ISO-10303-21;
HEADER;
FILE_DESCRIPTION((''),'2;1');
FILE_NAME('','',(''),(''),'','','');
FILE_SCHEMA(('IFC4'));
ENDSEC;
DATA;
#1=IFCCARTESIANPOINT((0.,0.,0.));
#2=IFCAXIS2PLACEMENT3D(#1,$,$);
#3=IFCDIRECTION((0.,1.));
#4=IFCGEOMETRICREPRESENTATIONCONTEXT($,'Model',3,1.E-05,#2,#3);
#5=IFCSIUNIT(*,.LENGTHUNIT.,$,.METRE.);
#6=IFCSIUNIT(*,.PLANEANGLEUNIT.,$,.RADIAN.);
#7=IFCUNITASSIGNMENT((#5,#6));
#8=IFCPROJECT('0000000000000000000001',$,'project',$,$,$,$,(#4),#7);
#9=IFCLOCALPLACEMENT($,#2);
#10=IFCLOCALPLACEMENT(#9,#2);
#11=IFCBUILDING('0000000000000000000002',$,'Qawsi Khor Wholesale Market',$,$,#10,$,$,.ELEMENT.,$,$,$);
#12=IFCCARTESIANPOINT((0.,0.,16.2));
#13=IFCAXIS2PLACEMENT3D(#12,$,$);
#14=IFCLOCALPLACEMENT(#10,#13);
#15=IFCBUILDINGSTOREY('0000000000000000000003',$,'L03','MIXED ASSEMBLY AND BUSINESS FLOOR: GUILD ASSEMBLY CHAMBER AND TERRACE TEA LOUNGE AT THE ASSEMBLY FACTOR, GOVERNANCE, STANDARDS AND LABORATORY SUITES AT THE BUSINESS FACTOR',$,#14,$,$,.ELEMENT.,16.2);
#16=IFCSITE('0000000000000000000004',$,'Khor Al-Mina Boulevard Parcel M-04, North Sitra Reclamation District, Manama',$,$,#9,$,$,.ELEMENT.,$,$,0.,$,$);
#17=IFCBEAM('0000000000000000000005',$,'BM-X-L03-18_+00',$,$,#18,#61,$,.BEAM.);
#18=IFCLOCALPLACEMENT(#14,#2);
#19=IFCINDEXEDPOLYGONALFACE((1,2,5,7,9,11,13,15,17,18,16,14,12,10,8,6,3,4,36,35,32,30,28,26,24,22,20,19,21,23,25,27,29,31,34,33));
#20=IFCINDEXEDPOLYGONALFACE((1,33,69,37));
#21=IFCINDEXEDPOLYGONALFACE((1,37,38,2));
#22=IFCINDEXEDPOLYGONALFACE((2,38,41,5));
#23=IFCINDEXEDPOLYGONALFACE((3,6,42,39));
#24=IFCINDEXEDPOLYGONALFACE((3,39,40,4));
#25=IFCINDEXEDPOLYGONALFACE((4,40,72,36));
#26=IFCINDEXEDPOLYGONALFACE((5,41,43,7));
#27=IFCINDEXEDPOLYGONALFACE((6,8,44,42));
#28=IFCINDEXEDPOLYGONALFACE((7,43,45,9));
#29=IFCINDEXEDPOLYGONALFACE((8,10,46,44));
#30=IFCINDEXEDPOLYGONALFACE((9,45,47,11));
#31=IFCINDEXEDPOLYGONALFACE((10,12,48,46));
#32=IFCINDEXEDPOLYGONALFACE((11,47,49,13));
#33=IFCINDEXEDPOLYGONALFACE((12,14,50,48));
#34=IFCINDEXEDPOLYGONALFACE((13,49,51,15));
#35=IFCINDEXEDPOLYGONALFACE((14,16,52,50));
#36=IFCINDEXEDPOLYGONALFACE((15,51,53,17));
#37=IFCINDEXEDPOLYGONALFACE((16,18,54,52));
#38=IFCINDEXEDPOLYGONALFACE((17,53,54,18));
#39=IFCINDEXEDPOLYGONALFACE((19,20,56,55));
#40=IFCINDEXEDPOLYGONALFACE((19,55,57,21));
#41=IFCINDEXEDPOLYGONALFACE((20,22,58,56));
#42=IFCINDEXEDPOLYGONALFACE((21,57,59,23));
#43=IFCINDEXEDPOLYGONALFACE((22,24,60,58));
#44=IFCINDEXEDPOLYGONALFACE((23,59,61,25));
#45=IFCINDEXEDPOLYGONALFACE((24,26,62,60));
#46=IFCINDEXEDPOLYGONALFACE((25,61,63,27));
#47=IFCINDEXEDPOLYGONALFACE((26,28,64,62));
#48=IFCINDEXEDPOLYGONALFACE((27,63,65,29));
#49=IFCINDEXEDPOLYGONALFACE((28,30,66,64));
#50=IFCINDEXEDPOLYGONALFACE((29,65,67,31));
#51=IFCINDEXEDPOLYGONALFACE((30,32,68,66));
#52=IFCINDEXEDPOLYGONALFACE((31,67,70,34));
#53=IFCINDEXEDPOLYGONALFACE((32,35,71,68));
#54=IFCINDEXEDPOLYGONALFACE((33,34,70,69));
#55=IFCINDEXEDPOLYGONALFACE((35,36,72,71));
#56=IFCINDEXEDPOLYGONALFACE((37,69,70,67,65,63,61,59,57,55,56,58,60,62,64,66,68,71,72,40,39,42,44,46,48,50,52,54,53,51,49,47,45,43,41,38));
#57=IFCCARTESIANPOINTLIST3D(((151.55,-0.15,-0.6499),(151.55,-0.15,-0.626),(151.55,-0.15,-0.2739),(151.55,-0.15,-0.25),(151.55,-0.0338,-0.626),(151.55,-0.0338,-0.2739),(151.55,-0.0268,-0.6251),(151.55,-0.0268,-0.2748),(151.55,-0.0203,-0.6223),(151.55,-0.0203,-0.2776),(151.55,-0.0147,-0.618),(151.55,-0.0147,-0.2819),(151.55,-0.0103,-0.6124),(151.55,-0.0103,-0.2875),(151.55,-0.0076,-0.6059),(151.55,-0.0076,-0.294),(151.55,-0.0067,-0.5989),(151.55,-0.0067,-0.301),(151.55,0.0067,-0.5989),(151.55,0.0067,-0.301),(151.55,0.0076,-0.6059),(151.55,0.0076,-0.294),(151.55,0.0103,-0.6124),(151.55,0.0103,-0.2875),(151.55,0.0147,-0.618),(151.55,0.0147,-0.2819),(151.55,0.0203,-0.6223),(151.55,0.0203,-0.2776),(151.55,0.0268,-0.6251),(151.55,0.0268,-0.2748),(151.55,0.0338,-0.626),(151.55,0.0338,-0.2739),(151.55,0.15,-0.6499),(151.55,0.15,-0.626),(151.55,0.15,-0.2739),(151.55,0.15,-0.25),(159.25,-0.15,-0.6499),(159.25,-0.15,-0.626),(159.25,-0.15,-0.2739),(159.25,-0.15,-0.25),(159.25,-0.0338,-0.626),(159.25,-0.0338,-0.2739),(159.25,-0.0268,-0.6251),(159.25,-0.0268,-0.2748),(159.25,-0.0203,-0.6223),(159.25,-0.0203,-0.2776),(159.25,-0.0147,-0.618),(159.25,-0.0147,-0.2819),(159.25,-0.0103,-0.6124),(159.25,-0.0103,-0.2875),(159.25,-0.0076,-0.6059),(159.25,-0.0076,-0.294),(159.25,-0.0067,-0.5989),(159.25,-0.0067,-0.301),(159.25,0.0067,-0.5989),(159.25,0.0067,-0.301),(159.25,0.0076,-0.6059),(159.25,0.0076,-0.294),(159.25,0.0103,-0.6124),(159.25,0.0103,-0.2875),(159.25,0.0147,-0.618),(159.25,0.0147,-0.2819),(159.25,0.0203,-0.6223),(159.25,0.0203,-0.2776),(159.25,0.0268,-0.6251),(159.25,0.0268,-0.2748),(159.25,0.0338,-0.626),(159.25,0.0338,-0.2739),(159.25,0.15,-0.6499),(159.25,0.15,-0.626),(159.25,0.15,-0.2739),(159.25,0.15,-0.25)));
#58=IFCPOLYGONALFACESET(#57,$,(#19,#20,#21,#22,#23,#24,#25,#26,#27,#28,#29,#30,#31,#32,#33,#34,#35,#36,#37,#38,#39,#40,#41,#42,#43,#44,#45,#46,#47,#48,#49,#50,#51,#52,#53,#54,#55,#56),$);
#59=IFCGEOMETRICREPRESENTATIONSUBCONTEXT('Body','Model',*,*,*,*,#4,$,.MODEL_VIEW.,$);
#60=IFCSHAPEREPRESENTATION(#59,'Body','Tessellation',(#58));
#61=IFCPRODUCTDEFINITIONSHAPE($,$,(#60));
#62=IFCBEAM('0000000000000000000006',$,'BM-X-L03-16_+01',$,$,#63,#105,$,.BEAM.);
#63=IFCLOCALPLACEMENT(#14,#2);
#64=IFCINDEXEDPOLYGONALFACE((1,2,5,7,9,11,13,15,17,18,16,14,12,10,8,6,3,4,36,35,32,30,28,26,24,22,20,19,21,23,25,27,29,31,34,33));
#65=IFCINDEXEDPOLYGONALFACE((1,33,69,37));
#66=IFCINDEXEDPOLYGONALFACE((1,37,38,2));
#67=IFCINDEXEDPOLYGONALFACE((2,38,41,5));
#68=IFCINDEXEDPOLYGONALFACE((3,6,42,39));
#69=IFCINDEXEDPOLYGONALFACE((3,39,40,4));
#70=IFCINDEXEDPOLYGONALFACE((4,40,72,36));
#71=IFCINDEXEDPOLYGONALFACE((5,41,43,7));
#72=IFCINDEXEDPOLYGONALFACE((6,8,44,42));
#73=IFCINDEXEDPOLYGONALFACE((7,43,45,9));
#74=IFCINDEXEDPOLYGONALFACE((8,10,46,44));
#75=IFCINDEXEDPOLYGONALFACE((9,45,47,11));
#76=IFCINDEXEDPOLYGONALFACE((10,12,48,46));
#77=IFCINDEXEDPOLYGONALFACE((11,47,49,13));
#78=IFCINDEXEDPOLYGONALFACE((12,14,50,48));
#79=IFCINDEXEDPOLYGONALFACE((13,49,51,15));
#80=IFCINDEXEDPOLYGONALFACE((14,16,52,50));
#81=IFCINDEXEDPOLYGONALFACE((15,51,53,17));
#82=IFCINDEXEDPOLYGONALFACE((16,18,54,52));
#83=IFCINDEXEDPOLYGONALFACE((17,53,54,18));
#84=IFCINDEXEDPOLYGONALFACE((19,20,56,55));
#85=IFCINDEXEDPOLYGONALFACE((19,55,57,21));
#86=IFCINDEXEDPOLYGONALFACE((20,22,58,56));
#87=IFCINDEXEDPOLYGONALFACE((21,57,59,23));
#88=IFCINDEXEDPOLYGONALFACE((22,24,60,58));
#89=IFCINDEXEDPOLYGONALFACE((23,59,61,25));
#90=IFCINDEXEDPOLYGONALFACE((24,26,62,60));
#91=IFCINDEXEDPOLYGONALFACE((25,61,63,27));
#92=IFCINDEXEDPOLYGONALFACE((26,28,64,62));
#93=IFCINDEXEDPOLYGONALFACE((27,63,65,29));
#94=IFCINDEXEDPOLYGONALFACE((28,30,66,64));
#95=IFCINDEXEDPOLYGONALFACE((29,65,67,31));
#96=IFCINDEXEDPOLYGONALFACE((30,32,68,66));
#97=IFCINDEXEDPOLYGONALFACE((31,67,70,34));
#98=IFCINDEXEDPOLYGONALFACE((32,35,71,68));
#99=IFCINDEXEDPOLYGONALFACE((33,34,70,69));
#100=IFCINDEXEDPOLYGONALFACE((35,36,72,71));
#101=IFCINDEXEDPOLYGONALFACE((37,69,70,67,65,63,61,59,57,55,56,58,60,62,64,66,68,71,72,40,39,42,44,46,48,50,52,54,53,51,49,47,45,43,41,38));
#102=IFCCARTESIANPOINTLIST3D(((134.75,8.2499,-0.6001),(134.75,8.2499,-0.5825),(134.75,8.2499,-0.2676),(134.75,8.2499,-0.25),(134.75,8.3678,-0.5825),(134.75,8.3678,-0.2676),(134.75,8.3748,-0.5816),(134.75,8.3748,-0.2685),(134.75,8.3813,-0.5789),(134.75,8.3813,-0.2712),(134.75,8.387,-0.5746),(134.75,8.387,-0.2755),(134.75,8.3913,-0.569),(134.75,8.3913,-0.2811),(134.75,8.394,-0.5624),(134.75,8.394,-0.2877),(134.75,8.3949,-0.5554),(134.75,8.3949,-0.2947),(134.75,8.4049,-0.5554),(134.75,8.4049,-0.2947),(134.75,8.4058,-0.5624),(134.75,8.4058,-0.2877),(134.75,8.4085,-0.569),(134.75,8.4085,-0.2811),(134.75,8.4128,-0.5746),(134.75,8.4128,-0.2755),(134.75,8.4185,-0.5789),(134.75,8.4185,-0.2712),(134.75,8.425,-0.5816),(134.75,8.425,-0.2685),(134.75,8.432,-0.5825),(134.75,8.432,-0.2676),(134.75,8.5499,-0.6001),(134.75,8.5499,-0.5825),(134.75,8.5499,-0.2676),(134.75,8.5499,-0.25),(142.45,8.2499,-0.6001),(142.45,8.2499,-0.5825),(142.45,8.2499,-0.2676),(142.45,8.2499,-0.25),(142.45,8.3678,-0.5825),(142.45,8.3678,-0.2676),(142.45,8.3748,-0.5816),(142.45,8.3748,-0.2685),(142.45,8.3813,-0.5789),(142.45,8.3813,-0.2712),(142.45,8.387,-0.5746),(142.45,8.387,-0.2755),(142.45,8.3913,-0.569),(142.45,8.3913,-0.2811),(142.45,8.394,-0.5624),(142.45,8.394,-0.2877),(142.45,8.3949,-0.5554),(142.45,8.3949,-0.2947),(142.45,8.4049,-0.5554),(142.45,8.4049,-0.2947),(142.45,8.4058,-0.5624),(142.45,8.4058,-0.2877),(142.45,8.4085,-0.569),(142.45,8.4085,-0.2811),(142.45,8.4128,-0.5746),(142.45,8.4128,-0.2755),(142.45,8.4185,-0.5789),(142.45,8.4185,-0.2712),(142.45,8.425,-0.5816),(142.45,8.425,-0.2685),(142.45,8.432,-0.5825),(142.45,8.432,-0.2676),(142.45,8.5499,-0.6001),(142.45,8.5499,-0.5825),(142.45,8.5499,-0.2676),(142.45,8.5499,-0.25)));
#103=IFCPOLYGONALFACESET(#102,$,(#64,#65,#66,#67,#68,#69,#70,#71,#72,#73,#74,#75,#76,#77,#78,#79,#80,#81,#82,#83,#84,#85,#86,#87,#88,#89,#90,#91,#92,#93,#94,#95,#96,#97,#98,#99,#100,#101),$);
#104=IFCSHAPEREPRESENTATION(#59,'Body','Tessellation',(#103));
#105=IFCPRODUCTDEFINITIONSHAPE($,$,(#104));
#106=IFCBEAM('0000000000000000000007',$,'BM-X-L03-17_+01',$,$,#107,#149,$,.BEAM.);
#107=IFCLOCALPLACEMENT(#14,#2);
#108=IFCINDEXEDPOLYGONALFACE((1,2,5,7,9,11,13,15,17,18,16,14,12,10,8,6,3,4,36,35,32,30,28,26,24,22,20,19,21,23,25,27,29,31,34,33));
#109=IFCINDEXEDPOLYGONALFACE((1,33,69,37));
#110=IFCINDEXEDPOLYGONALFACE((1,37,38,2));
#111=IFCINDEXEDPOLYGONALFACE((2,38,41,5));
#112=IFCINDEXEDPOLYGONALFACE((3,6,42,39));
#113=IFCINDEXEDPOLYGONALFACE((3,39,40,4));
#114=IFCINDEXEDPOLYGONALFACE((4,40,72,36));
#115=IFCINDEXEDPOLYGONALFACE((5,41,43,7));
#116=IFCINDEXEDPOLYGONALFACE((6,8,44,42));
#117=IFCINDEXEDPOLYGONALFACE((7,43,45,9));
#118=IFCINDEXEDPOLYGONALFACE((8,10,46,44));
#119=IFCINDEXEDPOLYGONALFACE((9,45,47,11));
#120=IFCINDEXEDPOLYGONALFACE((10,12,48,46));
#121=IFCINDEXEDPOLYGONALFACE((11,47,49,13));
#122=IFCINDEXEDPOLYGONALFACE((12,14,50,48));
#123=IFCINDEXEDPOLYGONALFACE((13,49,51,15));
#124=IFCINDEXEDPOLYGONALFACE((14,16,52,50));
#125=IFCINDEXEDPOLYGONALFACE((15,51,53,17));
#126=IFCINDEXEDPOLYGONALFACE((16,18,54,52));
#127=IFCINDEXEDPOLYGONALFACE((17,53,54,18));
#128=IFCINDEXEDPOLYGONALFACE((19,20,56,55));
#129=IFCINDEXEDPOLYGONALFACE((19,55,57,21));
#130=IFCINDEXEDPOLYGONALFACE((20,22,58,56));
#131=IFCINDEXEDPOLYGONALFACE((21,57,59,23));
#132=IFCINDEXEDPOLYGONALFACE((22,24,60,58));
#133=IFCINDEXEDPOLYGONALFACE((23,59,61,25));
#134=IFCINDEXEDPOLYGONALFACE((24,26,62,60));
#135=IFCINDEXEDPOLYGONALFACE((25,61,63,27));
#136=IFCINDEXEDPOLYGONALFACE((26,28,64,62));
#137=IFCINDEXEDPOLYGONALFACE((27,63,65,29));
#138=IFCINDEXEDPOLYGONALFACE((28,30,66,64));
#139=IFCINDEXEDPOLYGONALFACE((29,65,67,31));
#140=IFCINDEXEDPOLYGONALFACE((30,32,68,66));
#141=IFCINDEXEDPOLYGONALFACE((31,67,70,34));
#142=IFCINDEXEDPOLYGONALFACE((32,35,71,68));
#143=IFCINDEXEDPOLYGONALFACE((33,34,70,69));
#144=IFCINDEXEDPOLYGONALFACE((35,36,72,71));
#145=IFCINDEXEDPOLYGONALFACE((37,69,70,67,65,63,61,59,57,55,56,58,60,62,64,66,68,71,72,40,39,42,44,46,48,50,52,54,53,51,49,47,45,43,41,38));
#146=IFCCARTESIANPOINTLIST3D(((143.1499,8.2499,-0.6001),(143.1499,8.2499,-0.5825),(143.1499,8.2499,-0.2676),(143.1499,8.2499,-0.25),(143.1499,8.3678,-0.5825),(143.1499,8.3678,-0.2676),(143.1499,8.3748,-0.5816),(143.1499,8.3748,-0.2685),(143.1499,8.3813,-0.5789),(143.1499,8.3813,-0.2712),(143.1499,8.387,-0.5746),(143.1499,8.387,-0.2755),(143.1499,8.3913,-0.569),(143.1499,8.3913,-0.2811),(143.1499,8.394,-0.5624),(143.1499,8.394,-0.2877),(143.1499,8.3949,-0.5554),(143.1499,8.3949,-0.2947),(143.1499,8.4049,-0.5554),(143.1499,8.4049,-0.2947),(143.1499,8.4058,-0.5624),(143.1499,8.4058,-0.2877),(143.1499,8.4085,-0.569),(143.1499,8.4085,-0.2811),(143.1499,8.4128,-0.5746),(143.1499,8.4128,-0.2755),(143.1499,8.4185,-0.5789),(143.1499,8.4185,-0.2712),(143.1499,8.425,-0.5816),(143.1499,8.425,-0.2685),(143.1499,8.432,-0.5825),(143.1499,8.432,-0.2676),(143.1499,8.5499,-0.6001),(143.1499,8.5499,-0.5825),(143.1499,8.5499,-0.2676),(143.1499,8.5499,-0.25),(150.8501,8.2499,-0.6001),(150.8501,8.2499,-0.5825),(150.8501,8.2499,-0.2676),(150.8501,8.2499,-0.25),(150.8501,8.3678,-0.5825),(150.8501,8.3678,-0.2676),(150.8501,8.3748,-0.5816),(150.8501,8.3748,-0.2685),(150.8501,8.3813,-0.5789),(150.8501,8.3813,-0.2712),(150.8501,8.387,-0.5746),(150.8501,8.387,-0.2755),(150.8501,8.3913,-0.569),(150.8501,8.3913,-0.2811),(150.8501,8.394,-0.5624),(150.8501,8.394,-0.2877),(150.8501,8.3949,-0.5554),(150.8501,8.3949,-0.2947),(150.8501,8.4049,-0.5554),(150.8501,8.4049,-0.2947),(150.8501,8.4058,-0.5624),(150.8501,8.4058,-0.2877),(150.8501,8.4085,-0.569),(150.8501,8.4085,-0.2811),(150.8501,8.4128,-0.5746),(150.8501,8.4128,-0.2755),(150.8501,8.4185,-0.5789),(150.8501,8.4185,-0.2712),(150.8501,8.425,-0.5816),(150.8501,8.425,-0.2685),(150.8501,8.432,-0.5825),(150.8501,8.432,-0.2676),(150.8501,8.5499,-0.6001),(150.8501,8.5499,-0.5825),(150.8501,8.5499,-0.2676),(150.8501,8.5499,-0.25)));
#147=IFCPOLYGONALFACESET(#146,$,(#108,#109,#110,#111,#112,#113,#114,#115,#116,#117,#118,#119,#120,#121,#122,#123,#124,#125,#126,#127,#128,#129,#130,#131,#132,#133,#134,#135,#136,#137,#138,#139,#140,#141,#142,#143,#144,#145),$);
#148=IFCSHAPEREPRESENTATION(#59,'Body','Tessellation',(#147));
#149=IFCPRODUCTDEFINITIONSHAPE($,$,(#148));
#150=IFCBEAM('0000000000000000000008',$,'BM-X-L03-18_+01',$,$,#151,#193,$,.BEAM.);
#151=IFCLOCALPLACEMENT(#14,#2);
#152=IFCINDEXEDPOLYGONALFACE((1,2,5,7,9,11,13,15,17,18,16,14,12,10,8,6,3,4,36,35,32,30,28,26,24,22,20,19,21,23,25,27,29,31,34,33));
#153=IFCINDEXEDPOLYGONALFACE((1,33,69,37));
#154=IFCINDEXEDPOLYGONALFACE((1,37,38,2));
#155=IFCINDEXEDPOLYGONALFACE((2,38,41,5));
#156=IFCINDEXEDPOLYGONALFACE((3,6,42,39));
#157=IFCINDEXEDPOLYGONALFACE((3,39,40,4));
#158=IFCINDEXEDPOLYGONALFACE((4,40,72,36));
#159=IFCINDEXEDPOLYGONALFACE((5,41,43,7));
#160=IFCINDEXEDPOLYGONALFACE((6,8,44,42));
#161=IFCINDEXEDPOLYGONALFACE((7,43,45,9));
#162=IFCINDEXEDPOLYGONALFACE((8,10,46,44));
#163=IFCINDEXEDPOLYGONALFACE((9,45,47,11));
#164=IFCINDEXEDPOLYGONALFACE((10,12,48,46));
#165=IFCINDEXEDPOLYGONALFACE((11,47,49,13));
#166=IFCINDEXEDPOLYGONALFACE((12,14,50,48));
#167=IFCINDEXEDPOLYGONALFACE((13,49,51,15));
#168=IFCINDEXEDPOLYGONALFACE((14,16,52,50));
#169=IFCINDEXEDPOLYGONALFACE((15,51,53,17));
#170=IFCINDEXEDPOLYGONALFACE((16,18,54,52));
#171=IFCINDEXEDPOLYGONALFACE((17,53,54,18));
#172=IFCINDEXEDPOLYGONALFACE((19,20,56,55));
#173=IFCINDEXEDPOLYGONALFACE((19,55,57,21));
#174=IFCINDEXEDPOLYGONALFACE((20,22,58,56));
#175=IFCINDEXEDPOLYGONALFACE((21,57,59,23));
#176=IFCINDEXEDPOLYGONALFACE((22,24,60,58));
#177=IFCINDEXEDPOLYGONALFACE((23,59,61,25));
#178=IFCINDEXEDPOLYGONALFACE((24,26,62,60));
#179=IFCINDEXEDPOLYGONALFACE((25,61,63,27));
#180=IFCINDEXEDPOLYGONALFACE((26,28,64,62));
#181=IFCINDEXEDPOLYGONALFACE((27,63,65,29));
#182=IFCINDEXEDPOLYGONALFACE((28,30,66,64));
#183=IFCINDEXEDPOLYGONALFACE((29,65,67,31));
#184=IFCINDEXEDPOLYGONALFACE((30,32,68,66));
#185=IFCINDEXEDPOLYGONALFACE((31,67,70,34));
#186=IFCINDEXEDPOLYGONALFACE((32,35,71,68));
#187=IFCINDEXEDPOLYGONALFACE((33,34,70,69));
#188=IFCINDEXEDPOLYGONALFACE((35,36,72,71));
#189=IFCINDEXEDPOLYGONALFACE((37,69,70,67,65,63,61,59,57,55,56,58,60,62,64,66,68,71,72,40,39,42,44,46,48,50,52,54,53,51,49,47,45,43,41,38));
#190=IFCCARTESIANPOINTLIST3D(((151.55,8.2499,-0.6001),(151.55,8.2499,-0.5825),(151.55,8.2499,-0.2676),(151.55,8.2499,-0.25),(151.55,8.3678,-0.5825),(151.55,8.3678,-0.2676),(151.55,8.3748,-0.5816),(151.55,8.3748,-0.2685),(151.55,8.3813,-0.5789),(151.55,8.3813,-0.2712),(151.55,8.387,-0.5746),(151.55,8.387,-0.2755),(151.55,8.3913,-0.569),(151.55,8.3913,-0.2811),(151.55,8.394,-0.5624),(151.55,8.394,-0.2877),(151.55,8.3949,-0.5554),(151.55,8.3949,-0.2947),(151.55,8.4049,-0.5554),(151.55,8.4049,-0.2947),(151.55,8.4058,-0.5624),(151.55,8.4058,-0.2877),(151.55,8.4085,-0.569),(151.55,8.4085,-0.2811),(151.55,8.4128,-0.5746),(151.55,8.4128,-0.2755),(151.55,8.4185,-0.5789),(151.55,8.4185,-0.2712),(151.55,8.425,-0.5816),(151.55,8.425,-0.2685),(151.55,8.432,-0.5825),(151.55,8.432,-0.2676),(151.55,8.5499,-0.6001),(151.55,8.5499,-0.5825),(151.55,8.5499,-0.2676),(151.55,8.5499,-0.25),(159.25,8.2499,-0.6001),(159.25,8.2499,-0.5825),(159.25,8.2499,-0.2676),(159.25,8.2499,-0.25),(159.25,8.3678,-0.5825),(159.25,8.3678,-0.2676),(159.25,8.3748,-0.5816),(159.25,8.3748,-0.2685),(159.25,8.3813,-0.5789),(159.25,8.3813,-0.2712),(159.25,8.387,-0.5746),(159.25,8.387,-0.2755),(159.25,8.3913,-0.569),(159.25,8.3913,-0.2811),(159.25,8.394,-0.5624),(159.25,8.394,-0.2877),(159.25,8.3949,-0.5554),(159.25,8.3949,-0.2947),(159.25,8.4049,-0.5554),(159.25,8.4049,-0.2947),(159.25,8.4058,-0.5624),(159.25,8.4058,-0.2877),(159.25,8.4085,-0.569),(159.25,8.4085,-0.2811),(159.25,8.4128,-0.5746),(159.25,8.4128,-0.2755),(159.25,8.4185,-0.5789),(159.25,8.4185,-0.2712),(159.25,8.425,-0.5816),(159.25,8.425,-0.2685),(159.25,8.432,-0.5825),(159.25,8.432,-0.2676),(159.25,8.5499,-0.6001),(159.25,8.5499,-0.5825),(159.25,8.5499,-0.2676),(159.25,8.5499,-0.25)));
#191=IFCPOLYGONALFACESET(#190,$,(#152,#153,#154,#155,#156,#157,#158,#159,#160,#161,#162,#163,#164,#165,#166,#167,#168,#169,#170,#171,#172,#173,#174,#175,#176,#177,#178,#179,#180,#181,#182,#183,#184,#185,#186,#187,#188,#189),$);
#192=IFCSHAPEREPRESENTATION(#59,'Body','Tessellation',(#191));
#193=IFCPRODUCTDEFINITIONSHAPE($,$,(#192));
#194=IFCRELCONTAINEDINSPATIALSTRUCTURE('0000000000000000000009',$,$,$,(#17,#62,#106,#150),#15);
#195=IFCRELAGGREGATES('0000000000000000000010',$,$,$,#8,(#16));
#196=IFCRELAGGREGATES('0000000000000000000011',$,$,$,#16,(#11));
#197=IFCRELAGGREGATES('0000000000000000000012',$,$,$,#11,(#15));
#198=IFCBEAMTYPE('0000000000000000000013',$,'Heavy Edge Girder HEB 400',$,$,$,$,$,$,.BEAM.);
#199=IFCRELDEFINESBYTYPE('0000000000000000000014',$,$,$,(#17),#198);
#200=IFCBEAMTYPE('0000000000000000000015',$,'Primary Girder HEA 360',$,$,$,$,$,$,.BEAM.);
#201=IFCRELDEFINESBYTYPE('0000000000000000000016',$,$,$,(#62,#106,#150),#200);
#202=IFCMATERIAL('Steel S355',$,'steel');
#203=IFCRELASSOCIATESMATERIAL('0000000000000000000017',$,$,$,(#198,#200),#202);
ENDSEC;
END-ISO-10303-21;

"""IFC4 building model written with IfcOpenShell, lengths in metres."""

from ifc_helpers import new_model, si_unit, direction, frame, origin, origin_2d, place, context, subcontext, project, spatial, i_section, extrude, material, material_profile, profile_set, type_object, element, save


model = new_model("IFC4")

# Units and contexts
model_context = context("Model", 3, precision=1e-05, world=origin(), true_north=direction((0.0, 1.0)))
body_context = subcontext(model_context, "Body", "Model", "MODEL_VIEW")
ifc_project = project(units=[si_unit("LENGTHUNIT", "METRE"), si_unit("PLANEANGLEUNIT", "RADIAN")], contexts=[model_context])

# Site, building, storey
site_placement = place(None, origin())
site = spatial("IfcSite", under=ifc_project, at=site_placement, Name="Khor Al-Mina Boulevard Parcel M-04, North Sitra Reclamation District, Manama", CompositionType="ELEMENT", RefElevation=0.0)
building_placement = place(site_placement, origin())
building = spatial("IfcBuilding", under=site, at=building_placement, Name="Qawsi Khor Wholesale Market", CompositionType="ELEMENT")
storey_placement = place(building_placement, frame((0.0, 0.0, 16.2)))
storey = spatial("IfcBuildingStorey", under=building, at=storey_placement, Name="L03", Description="MIXED ASSEMBLY AND BUSINESS FLOOR: GUILD ASSEMBLY CHAMBER AND TERRACE TEA LOUNGE AT THE ASSEMBLY FACTOR, GOVERNANCE, STANDARDS AND LABORATORY SUITES AT THE BUSINESS FACTOR", CompositionType="ELEMENT", Elevation=16.2)

# Beams
ifc_material_1 = material(Name="Steel S355", Category="steel")
ifc_material_profile_1 = material_profile(ifc_material_1, i_section(OverallWidth=0.3, OverallDepth=0.3999, WebThickness=0.0134, FlangeThickness=0.0239, FilletRadius=0.0271, at=origin_2d()), Name="HEB 400")
ifc_profile_set_1 = profile_set([ifc_material_profile_1], Name="Steel S355")
beam_type_1 = type_object("IfcBeamType", Name="Heavy Edge Girder HEB 400", PredefinedType="BEAM", material=ifc_profile_set_1)
beam_1_placement = place(storey_placement, frame((151.55, 0.0, -0.45), z_axis=(1.0, 0.0, 0.0), x_axis=(0.0, 1.0, 0.0)))
element("IfcBeam", 1, at=beam_1_placement, inside=storey, type_object=beam_type_1, Name="BM-X-L03-18_+00", PredefinedType="BEAM", context=body_context, shape_type="SweptSolid", body=[
    extrude(i_section(OverallWidth=0.3, OverallDepth=0.3999, WebThickness=0.0134, FlangeThickness=0.0239, FilletRadius=0.0271, at=origin_2d()), origin(), (0.0, 0.0, 1.0), 7.7),
])
ifc_material_profile_2 = material_profile(ifc_material_1, i_section(OverallWidth=0.3, OverallDepth=0.3501, WebThickness=0.01, FlangeThickness=0.0176, FilletRadius=0.0271, at=origin_2d()), Name="HEA 360")
ifc_profile_set_2 = profile_set([ifc_material_profile_2], Name="Steel S355")
beam_type_2 = type_object("IfcBeamType", Name="Primary Girder HEA 360", PredefinedType="BEAM", material=ifc_profile_set_2)
beam_2_placement = place(storey_placement, frame((134.75, 8.3999, -0.425), z_axis=(1.0, 0.0, 0.0), x_axis=(0.0, 1.0, 0.0)))
element("IfcBeam", 2, at=beam_2_placement, inside=storey, type_object=beam_type_2, Name="BM-X-L03-16_+01", PredefinedType="BEAM", context=body_context, shape_type="SweptSolid", body=[
    extrude(i_section(OverallWidth=0.3, OverallDepth=0.3501, WebThickness=0.01, FlangeThickness=0.0176, FilletRadius=0.0271, at=origin_2d()), origin(), (0.0, 0.0, 1.0), 7.7),
])
beam_3_placement = place(storey_placement, frame((143.1499, 8.3999, -0.425), z_axis=(1.0, 0.0, 0.0), x_axis=(0.0, 1.0, 0.0)))
element("IfcBeam", 3, at=beam_3_placement, inside=storey, type_object=beam_type_2, Name="BM-X-L03-17_+01", PredefinedType="BEAM", context=body_context, shape_type="SweptSolid", body=[
    extrude(i_section(OverallWidth=0.3, OverallDepth=0.3501, WebThickness=0.01, FlangeThickness=0.0176, FilletRadius=0.0271, at=origin_2d()), origin(), (0.0, 0.0, 1.0), 7.7002),
])
beam_4_placement = place(storey_placement, frame((151.55, 8.3999, -0.425), z_axis=(1.0, 0.0, 0.0), x_axis=(0.0, 1.0, 0.0)))
element("IfcBeam", 4, at=beam_4_placement, inside=storey, type_object=beam_type_2, Name="BM-X-L03-18_+01", PredefinedType="BEAM", context=body_context, shape_type="SweptSolid", body=[
    extrude(i_section(OverallWidth=0.3, OverallDepth=0.3501, WebThickness=0.01, FlangeThickness=0.0176, FilletRadius=0.0271, at=origin_2d()), origin(), (0.0, 0.0, 1.0), 7.7),
])

save(model, "model.ifc")
